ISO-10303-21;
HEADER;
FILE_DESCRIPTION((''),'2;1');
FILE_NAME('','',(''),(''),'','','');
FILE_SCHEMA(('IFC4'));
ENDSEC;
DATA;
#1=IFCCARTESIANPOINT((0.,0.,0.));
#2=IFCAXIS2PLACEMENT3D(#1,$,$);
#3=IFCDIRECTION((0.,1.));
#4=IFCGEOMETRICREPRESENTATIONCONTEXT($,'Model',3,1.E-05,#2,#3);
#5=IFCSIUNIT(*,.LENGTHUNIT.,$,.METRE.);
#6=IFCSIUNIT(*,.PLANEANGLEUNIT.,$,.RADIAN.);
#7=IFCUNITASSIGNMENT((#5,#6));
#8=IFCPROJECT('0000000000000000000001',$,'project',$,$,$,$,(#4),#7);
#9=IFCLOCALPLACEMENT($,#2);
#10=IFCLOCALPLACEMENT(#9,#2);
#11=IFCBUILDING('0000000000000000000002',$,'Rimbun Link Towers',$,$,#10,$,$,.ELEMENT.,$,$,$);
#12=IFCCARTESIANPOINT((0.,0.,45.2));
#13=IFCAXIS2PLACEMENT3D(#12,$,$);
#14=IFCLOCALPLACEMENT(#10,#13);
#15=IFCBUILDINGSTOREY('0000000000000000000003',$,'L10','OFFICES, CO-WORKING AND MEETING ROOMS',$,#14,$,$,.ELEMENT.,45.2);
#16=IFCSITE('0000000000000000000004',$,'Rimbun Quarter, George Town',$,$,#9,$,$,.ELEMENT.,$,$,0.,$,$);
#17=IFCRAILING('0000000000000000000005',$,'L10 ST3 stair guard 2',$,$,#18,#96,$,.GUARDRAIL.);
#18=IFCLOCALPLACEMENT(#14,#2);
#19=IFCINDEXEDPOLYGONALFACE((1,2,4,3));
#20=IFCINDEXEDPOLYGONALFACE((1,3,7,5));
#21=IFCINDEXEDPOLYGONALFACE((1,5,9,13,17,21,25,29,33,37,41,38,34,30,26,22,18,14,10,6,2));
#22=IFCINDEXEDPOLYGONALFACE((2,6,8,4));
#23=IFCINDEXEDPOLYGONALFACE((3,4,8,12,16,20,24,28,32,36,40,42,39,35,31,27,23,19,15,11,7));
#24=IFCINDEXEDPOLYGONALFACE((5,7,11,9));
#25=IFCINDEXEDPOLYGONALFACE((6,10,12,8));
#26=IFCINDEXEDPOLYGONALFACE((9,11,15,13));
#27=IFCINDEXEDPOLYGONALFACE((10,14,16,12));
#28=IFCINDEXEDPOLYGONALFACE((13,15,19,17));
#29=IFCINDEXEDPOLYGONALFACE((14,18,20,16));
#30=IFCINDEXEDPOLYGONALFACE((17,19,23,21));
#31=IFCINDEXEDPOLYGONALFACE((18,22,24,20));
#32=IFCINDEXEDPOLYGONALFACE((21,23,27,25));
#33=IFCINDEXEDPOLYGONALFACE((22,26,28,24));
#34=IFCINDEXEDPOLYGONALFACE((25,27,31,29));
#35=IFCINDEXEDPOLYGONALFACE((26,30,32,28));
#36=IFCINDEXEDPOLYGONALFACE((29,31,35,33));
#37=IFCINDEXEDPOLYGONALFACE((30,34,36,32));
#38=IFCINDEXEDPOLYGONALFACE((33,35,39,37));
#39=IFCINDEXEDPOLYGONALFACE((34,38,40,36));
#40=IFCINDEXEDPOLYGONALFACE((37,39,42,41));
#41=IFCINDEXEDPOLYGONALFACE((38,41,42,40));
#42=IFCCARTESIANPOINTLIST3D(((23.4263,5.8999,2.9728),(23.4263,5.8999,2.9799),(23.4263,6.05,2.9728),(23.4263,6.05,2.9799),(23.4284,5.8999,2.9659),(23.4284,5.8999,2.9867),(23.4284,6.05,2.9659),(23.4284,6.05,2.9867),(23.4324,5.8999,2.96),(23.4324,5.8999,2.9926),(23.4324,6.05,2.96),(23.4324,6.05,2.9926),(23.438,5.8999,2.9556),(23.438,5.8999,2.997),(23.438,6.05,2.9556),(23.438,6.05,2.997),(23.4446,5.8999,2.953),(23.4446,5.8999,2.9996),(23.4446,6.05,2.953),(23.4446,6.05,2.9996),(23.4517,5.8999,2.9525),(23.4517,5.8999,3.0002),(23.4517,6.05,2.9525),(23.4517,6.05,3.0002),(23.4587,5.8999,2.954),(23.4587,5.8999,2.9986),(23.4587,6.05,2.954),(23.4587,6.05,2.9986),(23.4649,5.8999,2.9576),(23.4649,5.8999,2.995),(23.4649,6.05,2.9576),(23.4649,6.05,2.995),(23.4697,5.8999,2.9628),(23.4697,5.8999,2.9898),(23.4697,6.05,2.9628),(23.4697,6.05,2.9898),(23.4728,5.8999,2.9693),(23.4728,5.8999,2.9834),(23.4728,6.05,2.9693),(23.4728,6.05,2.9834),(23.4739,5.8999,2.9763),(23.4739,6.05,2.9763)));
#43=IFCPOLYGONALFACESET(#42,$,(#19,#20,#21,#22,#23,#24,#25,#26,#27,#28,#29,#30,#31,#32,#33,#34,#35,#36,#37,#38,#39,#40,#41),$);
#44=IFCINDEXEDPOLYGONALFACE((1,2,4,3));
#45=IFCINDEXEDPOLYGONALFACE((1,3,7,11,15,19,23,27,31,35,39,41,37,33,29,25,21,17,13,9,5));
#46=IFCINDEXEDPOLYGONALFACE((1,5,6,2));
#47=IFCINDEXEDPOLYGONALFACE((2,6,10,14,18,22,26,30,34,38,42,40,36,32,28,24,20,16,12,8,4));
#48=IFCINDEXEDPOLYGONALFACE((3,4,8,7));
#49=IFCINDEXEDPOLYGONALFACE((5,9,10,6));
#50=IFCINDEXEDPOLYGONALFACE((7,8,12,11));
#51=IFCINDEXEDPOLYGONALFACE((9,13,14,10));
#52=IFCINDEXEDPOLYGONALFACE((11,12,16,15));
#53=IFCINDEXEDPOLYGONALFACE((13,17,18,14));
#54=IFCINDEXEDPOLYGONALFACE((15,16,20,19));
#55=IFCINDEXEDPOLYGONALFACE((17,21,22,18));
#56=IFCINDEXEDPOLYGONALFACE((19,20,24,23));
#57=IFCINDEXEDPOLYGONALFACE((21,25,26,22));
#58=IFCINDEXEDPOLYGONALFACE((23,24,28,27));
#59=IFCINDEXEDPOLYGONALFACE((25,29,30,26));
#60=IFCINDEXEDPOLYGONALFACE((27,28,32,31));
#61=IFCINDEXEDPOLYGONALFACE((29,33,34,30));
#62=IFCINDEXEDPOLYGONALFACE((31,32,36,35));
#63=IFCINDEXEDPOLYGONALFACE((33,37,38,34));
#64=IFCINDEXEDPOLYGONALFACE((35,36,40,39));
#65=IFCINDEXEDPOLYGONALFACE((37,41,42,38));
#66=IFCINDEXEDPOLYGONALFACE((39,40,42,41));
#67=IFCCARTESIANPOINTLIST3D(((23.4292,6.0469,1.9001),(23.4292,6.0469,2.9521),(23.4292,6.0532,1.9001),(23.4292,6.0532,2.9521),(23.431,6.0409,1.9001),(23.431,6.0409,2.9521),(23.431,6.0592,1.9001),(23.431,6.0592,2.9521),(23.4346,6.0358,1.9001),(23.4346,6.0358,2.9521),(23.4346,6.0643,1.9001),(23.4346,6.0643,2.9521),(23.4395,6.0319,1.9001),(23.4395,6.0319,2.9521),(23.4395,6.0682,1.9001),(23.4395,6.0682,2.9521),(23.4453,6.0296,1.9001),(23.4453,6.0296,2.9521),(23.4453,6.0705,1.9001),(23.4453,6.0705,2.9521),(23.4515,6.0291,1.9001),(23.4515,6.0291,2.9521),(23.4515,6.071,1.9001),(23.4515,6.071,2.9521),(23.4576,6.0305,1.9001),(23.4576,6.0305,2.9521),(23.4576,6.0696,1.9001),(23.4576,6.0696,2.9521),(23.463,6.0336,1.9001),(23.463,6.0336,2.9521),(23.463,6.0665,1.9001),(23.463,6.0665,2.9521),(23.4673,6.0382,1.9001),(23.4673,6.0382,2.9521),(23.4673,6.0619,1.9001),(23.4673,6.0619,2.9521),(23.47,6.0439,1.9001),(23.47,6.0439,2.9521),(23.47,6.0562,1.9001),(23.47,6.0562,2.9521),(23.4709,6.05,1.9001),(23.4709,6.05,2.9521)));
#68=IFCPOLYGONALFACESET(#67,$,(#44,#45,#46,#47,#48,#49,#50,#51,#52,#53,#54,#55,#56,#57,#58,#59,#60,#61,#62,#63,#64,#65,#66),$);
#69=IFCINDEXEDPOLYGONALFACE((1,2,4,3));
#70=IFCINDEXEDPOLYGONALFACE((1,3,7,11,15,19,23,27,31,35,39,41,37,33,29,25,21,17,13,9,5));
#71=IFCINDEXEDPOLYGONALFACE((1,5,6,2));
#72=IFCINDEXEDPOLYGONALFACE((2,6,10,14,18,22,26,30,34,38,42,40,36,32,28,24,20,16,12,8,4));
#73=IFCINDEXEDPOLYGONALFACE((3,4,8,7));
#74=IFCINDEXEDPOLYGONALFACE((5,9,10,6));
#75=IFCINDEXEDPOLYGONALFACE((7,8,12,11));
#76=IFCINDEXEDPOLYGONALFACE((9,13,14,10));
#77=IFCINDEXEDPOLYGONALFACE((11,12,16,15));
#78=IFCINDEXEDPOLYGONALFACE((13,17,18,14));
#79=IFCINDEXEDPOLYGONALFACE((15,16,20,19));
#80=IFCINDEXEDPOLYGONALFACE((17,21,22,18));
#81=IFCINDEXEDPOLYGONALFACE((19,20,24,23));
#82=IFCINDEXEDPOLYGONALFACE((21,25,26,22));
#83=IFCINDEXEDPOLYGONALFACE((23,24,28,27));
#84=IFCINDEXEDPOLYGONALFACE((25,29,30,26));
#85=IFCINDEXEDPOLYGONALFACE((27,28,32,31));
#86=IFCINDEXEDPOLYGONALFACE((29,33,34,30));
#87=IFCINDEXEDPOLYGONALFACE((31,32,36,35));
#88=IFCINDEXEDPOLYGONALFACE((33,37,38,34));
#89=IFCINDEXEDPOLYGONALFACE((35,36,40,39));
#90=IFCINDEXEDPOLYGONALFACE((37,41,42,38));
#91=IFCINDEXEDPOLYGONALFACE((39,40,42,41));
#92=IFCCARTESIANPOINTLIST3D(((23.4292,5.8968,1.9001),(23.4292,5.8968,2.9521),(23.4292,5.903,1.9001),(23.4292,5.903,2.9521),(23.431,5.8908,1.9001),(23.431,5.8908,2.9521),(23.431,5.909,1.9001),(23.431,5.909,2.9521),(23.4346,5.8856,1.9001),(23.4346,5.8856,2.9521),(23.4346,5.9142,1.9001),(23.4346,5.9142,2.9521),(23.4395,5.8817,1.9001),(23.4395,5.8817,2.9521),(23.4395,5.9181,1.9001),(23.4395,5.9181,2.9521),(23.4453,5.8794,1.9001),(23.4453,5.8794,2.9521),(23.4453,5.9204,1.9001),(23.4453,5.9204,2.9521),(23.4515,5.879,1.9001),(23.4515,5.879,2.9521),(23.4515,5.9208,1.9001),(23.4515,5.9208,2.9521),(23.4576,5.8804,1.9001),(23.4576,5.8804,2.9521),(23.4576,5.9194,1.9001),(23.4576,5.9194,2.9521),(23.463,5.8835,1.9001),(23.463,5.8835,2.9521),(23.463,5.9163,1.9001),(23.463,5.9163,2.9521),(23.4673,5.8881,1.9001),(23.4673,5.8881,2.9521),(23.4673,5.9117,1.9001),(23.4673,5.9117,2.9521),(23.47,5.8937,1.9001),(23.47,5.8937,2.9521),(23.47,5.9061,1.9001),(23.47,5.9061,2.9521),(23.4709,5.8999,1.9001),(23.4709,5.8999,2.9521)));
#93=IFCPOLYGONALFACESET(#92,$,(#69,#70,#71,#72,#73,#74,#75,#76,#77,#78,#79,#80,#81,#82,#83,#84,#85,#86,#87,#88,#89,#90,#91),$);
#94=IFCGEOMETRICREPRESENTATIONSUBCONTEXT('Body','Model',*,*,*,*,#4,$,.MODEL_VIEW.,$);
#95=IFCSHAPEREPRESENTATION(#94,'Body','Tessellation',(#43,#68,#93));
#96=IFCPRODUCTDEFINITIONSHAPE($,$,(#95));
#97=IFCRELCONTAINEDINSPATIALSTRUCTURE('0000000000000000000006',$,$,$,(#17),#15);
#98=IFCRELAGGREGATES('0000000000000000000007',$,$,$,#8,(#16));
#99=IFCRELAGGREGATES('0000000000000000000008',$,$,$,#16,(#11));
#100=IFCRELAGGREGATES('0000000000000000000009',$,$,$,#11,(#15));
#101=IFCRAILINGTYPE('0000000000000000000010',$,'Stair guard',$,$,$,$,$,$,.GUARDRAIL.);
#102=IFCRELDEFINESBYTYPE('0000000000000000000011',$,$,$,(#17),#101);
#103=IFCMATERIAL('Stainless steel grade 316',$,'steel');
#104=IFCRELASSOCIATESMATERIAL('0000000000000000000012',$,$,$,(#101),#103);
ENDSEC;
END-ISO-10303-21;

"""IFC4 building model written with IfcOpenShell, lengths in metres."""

from ifc_helpers import new_model, si_unit, direction, frame, origin, origin_2d, place, context, subcontext, project, spatial, circle, extrude, material, type_object, element, save


model = new_model("IFC4")

# Units and contexts
model_context = context("Model", 3, precision=1e-05, world=origin(), true_north=direction((0.0, 1.0)))
body_context = subcontext(model_context, "Body", "Model", "MODEL_VIEW")
ifc_project = project(units=[si_unit("LENGTHUNIT", "METRE"), si_unit("PLANEANGLEUNIT", "RADIAN")], contexts=[model_context])

# Site, building, storey
site_placement = place(None, origin())
site = spatial("IfcSite", under=ifc_project, at=site_placement, Name="Rimbun Quarter, George Town", CompositionType="ELEMENT", RefElevation=0.0)
building_placement = place(site_placement, origin())
building = spatial("IfcBuilding", under=site, at=building_placement, Name="Rimbun Link Towers", CompositionType="ELEMENT")
storey_placement = place(building_placement, frame((0.0, 0.0, 45.2)))
storey = spatial("IfcBuildingStorey", under=building, at=storey_placement, Name="L10", Description="OFFICES, CO-WORKING AND MEETING ROOMS", CompositionType="ELEMENT", Elevation=45.2)

# Railing
ifc_material_1 = material(Name="Stainless steel grade 316", Category="steel")
railing_type_1 = type_object("IfcRailingType", Name="Stair guard", PredefinedType="GUARDRAIL", material=ifc_material_1)
railing_1_placement = place(storey_placement, frame((23.45, 6.05, 1.9001)))
element("IfcRailing", 1, at=railing_1_placement, inside=storey, type_object=railing_type_1, Name="L10 ST3 stair guard 2", PredefinedType="GUARDRAIL", context=body_context, shape_type="SweptSolid", body=[
    extrude(circle(Radius=0.0239, at=origin_2d()), frame((0.0, 0.0, 1.0762), z_axis=(0.0, -1.0, 0.0), x_axis=(1.0, 0.0, 0.0)), (0.0, 0.0, 1.0), 0.1501),
    extrude(circle(Radius=0.021, at=origin_2d()), origin(), (0.0, 0.0, 1.0), 1.052),
    extrude(circle(Radius=0.021, at=origin_2d()), frame((0.0, -0.1501, 0.0)), (0.0, 0.0, 1.0), 1.052),
])

save(model, "model.ifc")
